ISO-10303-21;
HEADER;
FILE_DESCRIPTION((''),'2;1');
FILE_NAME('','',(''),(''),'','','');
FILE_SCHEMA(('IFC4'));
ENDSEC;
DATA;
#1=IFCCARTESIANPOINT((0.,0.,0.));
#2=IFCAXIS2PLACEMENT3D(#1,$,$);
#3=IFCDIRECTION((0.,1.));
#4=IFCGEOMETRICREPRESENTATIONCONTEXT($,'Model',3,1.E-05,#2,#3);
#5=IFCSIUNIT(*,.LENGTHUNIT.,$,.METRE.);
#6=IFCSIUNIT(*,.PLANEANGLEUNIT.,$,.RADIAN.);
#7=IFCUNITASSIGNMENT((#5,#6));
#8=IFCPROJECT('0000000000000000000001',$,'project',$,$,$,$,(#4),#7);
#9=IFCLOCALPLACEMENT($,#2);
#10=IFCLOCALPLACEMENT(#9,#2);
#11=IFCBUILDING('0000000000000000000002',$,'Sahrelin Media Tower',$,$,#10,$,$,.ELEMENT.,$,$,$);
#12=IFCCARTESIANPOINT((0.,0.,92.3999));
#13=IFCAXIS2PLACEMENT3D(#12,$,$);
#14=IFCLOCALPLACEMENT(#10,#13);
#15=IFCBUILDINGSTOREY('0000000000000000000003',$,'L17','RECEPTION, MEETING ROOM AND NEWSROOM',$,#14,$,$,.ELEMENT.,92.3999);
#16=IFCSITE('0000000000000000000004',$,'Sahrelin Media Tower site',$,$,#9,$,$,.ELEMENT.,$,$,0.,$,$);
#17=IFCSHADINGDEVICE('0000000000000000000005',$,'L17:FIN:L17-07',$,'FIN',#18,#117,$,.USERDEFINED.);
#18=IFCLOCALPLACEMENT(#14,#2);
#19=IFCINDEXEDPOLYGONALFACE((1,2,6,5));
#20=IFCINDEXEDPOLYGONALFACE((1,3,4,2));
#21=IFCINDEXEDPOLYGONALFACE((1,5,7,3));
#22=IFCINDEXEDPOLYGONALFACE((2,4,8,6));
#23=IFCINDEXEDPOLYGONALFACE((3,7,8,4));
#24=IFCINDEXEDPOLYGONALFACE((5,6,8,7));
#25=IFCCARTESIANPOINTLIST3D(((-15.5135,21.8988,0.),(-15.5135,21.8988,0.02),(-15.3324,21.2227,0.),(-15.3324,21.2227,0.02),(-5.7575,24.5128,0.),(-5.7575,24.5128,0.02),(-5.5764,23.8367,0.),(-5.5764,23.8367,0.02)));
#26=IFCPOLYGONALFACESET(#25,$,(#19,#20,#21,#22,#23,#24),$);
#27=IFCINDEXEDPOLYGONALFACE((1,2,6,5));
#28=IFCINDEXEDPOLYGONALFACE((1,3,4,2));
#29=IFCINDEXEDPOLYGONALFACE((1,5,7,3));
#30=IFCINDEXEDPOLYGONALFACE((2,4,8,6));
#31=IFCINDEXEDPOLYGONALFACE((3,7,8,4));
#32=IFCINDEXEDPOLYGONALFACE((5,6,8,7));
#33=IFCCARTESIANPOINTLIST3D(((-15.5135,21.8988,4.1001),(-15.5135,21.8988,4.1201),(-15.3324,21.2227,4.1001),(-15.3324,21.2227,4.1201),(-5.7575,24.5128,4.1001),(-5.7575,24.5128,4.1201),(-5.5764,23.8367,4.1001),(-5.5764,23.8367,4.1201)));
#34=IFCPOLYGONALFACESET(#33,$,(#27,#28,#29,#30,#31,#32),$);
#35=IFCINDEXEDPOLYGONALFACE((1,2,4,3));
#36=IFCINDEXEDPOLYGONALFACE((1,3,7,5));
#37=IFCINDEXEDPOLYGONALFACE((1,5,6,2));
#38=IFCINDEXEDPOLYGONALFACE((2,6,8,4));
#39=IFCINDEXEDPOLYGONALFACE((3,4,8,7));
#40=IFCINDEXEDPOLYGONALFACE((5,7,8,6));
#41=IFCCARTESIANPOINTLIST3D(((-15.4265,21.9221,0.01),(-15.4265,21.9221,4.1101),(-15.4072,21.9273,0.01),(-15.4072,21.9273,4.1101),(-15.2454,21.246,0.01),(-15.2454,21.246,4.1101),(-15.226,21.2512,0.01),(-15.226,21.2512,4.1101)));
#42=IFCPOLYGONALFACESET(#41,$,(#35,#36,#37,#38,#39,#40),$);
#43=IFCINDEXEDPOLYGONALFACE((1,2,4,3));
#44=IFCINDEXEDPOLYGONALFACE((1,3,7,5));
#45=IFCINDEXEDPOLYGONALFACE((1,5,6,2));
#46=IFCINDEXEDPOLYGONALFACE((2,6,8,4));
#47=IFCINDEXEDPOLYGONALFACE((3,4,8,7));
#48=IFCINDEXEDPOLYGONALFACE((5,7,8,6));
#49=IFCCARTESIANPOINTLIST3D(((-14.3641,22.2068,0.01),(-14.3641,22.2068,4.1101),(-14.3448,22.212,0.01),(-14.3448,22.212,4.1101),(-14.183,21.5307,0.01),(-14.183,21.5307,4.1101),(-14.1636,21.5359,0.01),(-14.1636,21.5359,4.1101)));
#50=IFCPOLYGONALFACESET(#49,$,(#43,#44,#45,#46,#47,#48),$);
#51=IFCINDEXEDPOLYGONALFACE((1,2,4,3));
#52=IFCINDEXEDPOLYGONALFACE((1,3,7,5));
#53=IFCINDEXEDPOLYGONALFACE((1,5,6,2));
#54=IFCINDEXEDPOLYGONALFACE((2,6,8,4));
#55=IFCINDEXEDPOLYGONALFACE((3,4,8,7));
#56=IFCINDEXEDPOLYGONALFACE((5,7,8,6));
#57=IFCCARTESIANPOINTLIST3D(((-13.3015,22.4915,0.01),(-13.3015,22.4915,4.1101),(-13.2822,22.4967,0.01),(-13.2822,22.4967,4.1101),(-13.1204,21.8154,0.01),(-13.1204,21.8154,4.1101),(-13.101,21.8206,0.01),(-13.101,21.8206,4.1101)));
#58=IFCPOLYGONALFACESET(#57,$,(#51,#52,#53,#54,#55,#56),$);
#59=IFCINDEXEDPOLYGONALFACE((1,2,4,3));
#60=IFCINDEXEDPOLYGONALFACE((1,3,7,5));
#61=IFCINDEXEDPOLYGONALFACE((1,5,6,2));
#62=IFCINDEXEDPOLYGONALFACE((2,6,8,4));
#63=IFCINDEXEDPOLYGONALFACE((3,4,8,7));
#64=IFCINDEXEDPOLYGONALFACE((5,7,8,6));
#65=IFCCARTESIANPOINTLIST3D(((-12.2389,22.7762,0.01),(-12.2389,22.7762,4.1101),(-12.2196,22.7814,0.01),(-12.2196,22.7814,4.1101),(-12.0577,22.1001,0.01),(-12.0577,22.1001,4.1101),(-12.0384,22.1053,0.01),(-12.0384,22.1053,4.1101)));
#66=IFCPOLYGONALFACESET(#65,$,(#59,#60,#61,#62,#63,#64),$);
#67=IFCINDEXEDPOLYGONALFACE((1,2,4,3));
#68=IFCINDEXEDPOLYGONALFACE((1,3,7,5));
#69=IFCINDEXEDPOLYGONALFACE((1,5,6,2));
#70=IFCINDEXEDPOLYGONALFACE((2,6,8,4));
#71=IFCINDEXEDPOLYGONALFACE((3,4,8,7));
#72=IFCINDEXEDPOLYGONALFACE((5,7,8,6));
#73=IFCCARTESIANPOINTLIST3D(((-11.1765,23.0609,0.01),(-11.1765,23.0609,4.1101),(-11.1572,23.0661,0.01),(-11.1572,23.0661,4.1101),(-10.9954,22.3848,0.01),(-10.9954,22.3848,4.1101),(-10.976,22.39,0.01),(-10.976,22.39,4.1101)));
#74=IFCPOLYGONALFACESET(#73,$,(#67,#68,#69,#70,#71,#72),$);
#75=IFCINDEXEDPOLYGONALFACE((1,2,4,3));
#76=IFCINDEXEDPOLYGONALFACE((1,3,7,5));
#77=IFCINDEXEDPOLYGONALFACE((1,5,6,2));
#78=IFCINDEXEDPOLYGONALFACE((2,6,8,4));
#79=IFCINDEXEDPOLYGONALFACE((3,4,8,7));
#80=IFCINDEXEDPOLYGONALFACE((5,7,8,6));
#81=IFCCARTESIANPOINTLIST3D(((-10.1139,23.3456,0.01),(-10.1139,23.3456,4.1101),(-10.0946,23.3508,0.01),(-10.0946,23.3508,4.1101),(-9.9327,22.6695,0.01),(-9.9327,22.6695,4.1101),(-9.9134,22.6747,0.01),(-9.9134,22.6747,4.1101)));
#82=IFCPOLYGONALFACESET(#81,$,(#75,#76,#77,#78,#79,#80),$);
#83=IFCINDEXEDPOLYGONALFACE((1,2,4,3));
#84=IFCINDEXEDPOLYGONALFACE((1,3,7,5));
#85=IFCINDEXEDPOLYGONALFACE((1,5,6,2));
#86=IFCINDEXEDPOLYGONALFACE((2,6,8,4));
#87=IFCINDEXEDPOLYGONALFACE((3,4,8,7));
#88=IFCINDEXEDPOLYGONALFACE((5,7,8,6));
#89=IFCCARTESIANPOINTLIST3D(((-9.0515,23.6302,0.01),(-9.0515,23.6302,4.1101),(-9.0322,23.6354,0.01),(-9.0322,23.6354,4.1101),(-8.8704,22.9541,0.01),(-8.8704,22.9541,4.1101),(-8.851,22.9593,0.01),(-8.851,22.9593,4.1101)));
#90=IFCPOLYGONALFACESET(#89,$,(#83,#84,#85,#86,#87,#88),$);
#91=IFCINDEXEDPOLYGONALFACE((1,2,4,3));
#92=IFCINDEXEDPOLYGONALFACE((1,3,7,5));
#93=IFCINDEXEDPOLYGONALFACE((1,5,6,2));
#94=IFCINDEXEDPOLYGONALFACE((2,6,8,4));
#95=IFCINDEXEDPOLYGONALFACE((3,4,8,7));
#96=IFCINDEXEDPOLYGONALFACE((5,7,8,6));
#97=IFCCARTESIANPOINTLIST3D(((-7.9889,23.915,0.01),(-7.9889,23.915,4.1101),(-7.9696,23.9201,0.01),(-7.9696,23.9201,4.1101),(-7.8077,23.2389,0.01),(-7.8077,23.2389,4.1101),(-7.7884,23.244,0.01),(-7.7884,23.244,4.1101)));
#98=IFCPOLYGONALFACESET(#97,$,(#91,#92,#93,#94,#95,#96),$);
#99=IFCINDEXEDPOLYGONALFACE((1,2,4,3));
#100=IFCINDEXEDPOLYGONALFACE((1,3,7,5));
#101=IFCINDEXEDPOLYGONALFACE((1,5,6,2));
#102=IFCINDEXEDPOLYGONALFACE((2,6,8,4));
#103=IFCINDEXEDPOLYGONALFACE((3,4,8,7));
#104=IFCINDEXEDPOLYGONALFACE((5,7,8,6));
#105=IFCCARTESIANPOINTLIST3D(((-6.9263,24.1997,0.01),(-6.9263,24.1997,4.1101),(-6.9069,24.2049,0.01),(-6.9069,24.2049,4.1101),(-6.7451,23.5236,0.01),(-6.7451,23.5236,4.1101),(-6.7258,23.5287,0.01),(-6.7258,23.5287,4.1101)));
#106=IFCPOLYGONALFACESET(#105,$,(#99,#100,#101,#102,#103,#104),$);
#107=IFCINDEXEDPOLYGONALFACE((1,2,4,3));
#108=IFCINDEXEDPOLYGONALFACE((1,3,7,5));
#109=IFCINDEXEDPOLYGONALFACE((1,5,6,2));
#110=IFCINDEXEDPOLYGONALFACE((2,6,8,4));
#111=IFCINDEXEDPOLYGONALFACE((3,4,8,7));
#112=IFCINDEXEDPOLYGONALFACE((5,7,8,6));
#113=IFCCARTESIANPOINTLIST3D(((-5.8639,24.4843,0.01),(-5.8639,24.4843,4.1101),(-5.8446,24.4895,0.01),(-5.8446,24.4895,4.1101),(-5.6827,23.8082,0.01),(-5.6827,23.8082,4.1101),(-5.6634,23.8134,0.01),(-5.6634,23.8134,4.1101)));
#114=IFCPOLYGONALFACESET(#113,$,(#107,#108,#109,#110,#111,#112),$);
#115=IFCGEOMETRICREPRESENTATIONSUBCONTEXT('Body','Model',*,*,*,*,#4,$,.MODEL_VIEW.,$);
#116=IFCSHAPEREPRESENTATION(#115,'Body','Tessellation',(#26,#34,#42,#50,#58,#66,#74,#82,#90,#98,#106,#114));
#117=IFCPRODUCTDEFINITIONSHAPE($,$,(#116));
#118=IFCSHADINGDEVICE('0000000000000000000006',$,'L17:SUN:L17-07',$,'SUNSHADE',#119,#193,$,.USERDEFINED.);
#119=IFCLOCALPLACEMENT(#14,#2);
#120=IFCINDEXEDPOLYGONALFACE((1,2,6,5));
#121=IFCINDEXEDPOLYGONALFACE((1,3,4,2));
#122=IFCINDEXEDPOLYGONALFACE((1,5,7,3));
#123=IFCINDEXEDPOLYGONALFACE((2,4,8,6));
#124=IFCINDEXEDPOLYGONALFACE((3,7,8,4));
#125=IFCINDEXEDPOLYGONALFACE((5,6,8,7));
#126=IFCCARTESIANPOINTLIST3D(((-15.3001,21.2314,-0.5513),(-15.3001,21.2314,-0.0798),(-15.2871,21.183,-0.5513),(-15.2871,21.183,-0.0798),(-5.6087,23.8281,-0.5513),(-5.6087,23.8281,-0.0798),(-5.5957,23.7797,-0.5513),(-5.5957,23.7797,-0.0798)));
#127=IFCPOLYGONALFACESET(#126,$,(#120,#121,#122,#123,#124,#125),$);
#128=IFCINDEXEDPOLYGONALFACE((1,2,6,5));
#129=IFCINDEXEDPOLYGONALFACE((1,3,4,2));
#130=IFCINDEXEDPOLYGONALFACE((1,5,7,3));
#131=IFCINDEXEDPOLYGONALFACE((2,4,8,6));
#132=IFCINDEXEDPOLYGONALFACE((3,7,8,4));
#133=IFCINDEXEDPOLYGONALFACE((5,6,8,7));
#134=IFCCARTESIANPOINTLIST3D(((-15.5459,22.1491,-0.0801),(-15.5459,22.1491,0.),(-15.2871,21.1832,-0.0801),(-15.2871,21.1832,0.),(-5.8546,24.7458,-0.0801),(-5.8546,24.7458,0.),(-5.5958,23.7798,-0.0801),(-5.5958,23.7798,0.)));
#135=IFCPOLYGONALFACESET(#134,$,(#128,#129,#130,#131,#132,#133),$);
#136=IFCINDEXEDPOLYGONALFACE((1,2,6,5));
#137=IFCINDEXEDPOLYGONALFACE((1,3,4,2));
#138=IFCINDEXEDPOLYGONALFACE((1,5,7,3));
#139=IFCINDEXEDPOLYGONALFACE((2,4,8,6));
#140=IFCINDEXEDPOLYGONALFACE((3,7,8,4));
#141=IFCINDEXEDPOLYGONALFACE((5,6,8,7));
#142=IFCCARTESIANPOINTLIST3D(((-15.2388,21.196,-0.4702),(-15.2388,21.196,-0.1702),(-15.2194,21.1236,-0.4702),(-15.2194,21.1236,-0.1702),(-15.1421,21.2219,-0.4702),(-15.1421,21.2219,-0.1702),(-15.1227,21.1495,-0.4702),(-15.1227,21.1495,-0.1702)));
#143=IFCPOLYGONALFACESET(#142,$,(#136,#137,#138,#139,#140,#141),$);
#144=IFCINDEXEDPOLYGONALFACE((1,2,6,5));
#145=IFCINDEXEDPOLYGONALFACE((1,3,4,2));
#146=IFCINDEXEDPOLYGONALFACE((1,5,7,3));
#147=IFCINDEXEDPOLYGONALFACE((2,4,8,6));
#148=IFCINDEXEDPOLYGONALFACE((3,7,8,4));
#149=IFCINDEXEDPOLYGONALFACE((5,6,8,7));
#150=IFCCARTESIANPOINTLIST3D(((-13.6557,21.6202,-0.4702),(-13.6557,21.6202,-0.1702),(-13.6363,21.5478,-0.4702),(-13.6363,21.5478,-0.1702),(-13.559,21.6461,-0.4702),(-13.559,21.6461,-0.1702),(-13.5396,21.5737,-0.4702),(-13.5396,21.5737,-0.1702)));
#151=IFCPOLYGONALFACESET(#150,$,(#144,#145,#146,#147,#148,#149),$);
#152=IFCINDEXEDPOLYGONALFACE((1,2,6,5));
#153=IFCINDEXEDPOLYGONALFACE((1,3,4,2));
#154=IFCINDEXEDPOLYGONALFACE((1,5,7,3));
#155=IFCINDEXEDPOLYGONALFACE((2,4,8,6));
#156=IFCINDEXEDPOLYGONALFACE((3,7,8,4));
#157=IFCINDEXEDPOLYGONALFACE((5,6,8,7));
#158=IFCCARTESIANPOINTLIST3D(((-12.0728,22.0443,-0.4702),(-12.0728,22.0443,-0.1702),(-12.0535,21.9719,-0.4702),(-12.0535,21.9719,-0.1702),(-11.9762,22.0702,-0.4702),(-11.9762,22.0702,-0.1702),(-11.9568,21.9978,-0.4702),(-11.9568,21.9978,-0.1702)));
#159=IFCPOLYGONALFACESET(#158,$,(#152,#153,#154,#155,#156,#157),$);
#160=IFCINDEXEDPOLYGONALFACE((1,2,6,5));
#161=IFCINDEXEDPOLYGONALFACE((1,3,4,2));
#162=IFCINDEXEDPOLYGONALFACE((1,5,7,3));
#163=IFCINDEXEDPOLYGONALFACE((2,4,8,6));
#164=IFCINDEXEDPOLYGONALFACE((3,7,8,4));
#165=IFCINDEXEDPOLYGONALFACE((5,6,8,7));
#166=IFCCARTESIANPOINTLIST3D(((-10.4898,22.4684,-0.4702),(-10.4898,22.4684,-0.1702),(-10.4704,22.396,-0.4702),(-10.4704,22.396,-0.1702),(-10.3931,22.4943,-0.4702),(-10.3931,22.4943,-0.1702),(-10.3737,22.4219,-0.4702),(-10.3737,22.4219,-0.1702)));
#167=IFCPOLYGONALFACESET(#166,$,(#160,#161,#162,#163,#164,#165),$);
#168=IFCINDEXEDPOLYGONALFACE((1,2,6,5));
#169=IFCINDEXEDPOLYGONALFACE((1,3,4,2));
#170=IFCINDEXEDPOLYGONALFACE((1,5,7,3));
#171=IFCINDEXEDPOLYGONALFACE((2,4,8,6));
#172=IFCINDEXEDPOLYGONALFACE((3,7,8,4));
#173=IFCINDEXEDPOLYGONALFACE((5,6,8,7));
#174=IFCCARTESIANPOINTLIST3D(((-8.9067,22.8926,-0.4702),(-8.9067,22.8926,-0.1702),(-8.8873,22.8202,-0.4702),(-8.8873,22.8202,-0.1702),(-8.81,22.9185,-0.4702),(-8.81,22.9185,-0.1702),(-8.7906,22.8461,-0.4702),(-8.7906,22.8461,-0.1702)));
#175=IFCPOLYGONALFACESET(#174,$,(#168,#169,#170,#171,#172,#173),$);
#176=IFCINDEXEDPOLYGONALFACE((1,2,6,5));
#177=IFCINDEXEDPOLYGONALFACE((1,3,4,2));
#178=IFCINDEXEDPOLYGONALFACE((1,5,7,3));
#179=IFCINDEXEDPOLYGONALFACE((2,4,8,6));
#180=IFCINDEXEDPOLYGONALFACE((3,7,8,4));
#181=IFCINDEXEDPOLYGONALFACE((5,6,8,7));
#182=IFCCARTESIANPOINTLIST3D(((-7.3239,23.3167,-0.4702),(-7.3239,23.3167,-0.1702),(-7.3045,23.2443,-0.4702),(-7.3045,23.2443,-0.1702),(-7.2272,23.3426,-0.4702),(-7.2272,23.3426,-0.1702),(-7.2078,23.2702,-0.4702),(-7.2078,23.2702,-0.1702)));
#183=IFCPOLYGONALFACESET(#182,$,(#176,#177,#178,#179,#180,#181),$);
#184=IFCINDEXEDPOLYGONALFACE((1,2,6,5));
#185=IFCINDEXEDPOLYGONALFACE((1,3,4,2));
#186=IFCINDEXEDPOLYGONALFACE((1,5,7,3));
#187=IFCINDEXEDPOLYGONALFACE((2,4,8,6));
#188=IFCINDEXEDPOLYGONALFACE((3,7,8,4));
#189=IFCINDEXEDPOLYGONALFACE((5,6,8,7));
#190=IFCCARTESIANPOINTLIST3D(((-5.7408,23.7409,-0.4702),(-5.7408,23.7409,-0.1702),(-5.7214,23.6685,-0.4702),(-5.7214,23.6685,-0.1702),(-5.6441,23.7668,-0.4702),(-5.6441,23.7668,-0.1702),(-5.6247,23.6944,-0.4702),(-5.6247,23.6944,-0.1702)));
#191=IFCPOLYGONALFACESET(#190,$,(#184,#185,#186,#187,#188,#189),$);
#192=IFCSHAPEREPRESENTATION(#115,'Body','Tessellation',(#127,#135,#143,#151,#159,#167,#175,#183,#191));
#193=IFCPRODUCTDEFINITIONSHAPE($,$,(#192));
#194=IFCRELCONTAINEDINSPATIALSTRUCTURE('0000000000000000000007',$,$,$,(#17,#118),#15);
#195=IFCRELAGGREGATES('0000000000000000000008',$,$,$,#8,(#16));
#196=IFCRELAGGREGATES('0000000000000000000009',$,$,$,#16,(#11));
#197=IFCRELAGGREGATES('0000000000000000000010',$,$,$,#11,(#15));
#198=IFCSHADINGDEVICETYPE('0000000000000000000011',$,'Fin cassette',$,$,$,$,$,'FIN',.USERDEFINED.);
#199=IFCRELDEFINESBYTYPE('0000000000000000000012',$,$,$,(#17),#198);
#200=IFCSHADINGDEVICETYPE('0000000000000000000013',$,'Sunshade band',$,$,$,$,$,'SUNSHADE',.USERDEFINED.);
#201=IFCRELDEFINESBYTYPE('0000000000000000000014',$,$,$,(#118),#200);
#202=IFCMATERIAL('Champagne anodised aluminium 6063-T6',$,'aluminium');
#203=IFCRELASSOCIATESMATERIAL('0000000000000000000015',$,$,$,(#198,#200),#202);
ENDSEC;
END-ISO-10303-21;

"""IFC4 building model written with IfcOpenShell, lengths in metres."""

from ifc_helpers import new_model, si_unit, direction, frame, origin, origin_2d, place, context, subcontext, project, spatial, rectangle, extrude, material, type_object, element, save


model = new_model("IFC4")

# Units and contexts
model_context = context("Model", 3, precision=1e-05, world=origin(), true_north=direction((0.0, 1.0)))
body_context = subcontext(model_context, "Body", "Model", "MODEL_VIEW")
ifc_project = project(units=[si_unit("LENGTHUNIT", "METRE"), si_unit("PLANEANGLEUNIT", "RADIAN")], contexts=[model_context])

# Site, building, storey
site_placement = place(None, origin())
site = spatial("IfcSite", under=ifc_project, at=site_placement, Name="Sahrelin Media Tower site", CompositionType="ELEMENT", RefElevation=0.0)
building_placement = place(site_placement, origin())
building = spatial("IfcBuilding", under=site, at=building_placement, Name="Sahrelin Media Tower", CompositionType="ELEMENT")
storey_placement = place(building_placement, frame((0.0, 0.0, 92.3999)))
storey = spatial("IfcBuildingStorey", under=building, at=storey_placement, Name="L17", Description="RECEPTION, MEETING ROOM AND NEWSROOM", CompositionType="ELEMENT", Elevation=92.3999)

# Shared definitions
ifc_material_1 = material(Name="Champagne anodised aluminium 6063-T6", Category="aluminium")

# Shading devices
shading_device_type_1 = type_object("IfcShadingDeviceType", Name="Fin cassette", ElementType="FIN", PredefinedType="USERDEFINED", material=ifc_material_1)
placement = place(storey_placement, frame((-10.4363, 22.4622, 0.0), z_axis=(0.0, 0.0, 1.0), x_axis=(0.965929, 0.258808, 0.0)))
element("IfcShadingDevice", 1, at=placement, inside=storey, type_object=shading_device_type_1, Name="L17:FIN:L17-07", ObjectType="FIN", PredefinedType="USERDEFINED", context=body_context, shape_type="SweptSolid", body=[
    extrude(rectangle(XDim=10.1001, YDim=0.7, at=origin_2d()), frame((0.0, 0.4199, 0.0)), (0.0, 0.0, 1.0), 0.02),
    extrude(rectangle(XDim=10.1001, YDim=0.7, at=origin_2d()), frame((0.0, 0.4199, 4.1001)), (0.0, 0.0, 1.0), 0.02),
    extrude(rectangle(XDim=0.02, YDim=0.7, at=origin_2d()), frame((-4.95, 0.4199, 0.01), z_axis=(0.0, 0.0, 1.0), x_axis=(1.0, 0.0, 0.0)), (0.0, 0.0, 1.0), 4.1001),
    extrude(rectangle(XDim=0.02, YDim=0.7, at=origin_2d()), frame((-3.8501, 0.4199, 0.01), z_axis=(0.0, 0.0, 1.0), x_axis=(1.0, 0.0, 0.0)), (0.0, 0.0, 1.0), 4.1001),
    extrude(rectangle(XDim=0.02, YDim=0.7, at=origin_2d()), frame((-2.75, 0.4199, 0.01), z_axis=(0.0, 0.0, 1.0), x_axis=(1.0, 0.0, 0.0)), (0.0, 0.0, 1.0), 4.1001),
    extrude(rectangle(XDim=0.02, YDim=0.7, at=origin_2d()), frame((-1.6499, 0.4199, 0.01), z_axis=(0.0, 0.0, 1.0), x_axis=(1.0, 0.0, 0.0)), (0.0, 0.0, 1.0), 4.1001),
    extrude(rectangle(XDim=0.02, YDim=0.7, at=origin_2d()), frame((-0.55, 0.4199, 0.01), z_axis=(0.0, 0.0, 1.0), x_axis=(1.0, 0.0, 0.0)), (0.0, 0.0, 1.0), 4.1001),
    extrude(rectangle(XDim=0.02, YDim=0.7, at=origin_2d()), frame((0.55, 0.4199, 0.01), z_axis=(0.0, 0.0, 1.0), x_axis=(1.0, 0.0, 0.0)), (0.0, 0.0, 1.0), 4.1001),
    extrude(rectangle(XDim=0.02, YDim=0.7, at=origin_2d()), frame((1.6499, 0.4199, 0.01), z_axis=(0.0, 0.0, 1.0), x_axis=(1.0, 0.0, 0.0)), (0.0, 0.0, 1.0), 4.1001),
    extrude(rectangle(XDim=0.02, YDim=0.7, at=origin_2d()), frame((2.75, 0.4199, 0.01), z_axis=(0.0, 0.0, 1.0), x_axis=(1.0, 0.0, 0.0)), (0.0, 0.0, 1.0), 4.1001),
    extrude(rectangle(XDim=0.02, YDim=0.7, at=origin_2d()), frame((3.8501, 0.4199, 0.01), z_axis=(0.0, 0.0, 1.0), x_axis=(1.0, 0.0, 0.0)), (0.0, 0.0, 1.0), 4.1001),
    extrude(rectangle(XDim=0.02, YDim=0.7, at=origin_2d()), frame((4.95, 0.4199, 0.01), z_axis=(0.0, 0.0, 1.0), x_axis=(1.0, 0.0, 0.0)), (0.0, 0.0, 1.0), 4.1001),
])
shading_device_type_2 = type_object("IfcShadingDeviceType", Name="Sunshade band", ElementType="SUNSHADE", PredefinedType="USERDEFINED", material=ifc_material_1)
element("IfcShadingDevice", 2, at=placement, inside=storey, type_object=shading_device_type_2, Name="L17:SUN:L17-07", ObjectType="SUNSHADE", PredefinedType="USERDEFINED", context=body_context, shape_type="SweptSolid", body=[
    extrude(rectangle(XDim=10.0332, YDim=0.05, at=origin_2d()), frame((0.0, 0.0449, -0.5513)), (0.0, 0.0, 1.0), 0.4714),
    extrude(rectangle(XDim=10.0332, YDim=1.0, at=origin_2d()), frame((0.0, 0.52, -0.0801)), (0.0, 0.0, 1.0), 0.0801),
    extrude(rectangle(XDim=0.1001, YDim=0.075, at=origin_2d()), frame((-4.9165, -0.0176, -0.4702)), (0.0, 0.0, 1.0), 0.3),
    extrude(rectangle(XDim=0.1001, YDim=0.075, at=origin_2d()), frame((-3.2776, -0.0176, -0.4702)), (0.0, 0.0, 1.0), 0.3),
    extrude(rectangle(XDim=0.1001, YDim=0.075, at=origin_2d()), frame((-1.6389, -0.0176, -0.4702)), (0.0, 0.0, 1.0), 0.3),
    extrude(rectangle(XDim=0.1001, YDim=0.075, at=origin_2d()), frame((0.0, -0.0176, -0.4702)), (0.0, 0.0, 1.0), 0.3),
    extrude(rectangle(XDim=0.1001, YDim=0.075, at=origin_2d()), frame((1.6389, -0.0176, -0.4702)), (0.0, 0.0, 1.0), 0.3),
    extrude(rectangle(XDim=0.1001, YDim=0.075, at=origin_2d()), frame((3.2776, -0.0176, -0.4702)), (0.0, 0.0, 1.0), 0.3),
    extrude(rectangle(XDim=0.1001, YDim=0.075, at=origin_2d()), frame((4.9165, -0.0176, -0.4702)), (0.0, 0.0, 1.0), 0.3),
])

save(model, "model.ifc")
